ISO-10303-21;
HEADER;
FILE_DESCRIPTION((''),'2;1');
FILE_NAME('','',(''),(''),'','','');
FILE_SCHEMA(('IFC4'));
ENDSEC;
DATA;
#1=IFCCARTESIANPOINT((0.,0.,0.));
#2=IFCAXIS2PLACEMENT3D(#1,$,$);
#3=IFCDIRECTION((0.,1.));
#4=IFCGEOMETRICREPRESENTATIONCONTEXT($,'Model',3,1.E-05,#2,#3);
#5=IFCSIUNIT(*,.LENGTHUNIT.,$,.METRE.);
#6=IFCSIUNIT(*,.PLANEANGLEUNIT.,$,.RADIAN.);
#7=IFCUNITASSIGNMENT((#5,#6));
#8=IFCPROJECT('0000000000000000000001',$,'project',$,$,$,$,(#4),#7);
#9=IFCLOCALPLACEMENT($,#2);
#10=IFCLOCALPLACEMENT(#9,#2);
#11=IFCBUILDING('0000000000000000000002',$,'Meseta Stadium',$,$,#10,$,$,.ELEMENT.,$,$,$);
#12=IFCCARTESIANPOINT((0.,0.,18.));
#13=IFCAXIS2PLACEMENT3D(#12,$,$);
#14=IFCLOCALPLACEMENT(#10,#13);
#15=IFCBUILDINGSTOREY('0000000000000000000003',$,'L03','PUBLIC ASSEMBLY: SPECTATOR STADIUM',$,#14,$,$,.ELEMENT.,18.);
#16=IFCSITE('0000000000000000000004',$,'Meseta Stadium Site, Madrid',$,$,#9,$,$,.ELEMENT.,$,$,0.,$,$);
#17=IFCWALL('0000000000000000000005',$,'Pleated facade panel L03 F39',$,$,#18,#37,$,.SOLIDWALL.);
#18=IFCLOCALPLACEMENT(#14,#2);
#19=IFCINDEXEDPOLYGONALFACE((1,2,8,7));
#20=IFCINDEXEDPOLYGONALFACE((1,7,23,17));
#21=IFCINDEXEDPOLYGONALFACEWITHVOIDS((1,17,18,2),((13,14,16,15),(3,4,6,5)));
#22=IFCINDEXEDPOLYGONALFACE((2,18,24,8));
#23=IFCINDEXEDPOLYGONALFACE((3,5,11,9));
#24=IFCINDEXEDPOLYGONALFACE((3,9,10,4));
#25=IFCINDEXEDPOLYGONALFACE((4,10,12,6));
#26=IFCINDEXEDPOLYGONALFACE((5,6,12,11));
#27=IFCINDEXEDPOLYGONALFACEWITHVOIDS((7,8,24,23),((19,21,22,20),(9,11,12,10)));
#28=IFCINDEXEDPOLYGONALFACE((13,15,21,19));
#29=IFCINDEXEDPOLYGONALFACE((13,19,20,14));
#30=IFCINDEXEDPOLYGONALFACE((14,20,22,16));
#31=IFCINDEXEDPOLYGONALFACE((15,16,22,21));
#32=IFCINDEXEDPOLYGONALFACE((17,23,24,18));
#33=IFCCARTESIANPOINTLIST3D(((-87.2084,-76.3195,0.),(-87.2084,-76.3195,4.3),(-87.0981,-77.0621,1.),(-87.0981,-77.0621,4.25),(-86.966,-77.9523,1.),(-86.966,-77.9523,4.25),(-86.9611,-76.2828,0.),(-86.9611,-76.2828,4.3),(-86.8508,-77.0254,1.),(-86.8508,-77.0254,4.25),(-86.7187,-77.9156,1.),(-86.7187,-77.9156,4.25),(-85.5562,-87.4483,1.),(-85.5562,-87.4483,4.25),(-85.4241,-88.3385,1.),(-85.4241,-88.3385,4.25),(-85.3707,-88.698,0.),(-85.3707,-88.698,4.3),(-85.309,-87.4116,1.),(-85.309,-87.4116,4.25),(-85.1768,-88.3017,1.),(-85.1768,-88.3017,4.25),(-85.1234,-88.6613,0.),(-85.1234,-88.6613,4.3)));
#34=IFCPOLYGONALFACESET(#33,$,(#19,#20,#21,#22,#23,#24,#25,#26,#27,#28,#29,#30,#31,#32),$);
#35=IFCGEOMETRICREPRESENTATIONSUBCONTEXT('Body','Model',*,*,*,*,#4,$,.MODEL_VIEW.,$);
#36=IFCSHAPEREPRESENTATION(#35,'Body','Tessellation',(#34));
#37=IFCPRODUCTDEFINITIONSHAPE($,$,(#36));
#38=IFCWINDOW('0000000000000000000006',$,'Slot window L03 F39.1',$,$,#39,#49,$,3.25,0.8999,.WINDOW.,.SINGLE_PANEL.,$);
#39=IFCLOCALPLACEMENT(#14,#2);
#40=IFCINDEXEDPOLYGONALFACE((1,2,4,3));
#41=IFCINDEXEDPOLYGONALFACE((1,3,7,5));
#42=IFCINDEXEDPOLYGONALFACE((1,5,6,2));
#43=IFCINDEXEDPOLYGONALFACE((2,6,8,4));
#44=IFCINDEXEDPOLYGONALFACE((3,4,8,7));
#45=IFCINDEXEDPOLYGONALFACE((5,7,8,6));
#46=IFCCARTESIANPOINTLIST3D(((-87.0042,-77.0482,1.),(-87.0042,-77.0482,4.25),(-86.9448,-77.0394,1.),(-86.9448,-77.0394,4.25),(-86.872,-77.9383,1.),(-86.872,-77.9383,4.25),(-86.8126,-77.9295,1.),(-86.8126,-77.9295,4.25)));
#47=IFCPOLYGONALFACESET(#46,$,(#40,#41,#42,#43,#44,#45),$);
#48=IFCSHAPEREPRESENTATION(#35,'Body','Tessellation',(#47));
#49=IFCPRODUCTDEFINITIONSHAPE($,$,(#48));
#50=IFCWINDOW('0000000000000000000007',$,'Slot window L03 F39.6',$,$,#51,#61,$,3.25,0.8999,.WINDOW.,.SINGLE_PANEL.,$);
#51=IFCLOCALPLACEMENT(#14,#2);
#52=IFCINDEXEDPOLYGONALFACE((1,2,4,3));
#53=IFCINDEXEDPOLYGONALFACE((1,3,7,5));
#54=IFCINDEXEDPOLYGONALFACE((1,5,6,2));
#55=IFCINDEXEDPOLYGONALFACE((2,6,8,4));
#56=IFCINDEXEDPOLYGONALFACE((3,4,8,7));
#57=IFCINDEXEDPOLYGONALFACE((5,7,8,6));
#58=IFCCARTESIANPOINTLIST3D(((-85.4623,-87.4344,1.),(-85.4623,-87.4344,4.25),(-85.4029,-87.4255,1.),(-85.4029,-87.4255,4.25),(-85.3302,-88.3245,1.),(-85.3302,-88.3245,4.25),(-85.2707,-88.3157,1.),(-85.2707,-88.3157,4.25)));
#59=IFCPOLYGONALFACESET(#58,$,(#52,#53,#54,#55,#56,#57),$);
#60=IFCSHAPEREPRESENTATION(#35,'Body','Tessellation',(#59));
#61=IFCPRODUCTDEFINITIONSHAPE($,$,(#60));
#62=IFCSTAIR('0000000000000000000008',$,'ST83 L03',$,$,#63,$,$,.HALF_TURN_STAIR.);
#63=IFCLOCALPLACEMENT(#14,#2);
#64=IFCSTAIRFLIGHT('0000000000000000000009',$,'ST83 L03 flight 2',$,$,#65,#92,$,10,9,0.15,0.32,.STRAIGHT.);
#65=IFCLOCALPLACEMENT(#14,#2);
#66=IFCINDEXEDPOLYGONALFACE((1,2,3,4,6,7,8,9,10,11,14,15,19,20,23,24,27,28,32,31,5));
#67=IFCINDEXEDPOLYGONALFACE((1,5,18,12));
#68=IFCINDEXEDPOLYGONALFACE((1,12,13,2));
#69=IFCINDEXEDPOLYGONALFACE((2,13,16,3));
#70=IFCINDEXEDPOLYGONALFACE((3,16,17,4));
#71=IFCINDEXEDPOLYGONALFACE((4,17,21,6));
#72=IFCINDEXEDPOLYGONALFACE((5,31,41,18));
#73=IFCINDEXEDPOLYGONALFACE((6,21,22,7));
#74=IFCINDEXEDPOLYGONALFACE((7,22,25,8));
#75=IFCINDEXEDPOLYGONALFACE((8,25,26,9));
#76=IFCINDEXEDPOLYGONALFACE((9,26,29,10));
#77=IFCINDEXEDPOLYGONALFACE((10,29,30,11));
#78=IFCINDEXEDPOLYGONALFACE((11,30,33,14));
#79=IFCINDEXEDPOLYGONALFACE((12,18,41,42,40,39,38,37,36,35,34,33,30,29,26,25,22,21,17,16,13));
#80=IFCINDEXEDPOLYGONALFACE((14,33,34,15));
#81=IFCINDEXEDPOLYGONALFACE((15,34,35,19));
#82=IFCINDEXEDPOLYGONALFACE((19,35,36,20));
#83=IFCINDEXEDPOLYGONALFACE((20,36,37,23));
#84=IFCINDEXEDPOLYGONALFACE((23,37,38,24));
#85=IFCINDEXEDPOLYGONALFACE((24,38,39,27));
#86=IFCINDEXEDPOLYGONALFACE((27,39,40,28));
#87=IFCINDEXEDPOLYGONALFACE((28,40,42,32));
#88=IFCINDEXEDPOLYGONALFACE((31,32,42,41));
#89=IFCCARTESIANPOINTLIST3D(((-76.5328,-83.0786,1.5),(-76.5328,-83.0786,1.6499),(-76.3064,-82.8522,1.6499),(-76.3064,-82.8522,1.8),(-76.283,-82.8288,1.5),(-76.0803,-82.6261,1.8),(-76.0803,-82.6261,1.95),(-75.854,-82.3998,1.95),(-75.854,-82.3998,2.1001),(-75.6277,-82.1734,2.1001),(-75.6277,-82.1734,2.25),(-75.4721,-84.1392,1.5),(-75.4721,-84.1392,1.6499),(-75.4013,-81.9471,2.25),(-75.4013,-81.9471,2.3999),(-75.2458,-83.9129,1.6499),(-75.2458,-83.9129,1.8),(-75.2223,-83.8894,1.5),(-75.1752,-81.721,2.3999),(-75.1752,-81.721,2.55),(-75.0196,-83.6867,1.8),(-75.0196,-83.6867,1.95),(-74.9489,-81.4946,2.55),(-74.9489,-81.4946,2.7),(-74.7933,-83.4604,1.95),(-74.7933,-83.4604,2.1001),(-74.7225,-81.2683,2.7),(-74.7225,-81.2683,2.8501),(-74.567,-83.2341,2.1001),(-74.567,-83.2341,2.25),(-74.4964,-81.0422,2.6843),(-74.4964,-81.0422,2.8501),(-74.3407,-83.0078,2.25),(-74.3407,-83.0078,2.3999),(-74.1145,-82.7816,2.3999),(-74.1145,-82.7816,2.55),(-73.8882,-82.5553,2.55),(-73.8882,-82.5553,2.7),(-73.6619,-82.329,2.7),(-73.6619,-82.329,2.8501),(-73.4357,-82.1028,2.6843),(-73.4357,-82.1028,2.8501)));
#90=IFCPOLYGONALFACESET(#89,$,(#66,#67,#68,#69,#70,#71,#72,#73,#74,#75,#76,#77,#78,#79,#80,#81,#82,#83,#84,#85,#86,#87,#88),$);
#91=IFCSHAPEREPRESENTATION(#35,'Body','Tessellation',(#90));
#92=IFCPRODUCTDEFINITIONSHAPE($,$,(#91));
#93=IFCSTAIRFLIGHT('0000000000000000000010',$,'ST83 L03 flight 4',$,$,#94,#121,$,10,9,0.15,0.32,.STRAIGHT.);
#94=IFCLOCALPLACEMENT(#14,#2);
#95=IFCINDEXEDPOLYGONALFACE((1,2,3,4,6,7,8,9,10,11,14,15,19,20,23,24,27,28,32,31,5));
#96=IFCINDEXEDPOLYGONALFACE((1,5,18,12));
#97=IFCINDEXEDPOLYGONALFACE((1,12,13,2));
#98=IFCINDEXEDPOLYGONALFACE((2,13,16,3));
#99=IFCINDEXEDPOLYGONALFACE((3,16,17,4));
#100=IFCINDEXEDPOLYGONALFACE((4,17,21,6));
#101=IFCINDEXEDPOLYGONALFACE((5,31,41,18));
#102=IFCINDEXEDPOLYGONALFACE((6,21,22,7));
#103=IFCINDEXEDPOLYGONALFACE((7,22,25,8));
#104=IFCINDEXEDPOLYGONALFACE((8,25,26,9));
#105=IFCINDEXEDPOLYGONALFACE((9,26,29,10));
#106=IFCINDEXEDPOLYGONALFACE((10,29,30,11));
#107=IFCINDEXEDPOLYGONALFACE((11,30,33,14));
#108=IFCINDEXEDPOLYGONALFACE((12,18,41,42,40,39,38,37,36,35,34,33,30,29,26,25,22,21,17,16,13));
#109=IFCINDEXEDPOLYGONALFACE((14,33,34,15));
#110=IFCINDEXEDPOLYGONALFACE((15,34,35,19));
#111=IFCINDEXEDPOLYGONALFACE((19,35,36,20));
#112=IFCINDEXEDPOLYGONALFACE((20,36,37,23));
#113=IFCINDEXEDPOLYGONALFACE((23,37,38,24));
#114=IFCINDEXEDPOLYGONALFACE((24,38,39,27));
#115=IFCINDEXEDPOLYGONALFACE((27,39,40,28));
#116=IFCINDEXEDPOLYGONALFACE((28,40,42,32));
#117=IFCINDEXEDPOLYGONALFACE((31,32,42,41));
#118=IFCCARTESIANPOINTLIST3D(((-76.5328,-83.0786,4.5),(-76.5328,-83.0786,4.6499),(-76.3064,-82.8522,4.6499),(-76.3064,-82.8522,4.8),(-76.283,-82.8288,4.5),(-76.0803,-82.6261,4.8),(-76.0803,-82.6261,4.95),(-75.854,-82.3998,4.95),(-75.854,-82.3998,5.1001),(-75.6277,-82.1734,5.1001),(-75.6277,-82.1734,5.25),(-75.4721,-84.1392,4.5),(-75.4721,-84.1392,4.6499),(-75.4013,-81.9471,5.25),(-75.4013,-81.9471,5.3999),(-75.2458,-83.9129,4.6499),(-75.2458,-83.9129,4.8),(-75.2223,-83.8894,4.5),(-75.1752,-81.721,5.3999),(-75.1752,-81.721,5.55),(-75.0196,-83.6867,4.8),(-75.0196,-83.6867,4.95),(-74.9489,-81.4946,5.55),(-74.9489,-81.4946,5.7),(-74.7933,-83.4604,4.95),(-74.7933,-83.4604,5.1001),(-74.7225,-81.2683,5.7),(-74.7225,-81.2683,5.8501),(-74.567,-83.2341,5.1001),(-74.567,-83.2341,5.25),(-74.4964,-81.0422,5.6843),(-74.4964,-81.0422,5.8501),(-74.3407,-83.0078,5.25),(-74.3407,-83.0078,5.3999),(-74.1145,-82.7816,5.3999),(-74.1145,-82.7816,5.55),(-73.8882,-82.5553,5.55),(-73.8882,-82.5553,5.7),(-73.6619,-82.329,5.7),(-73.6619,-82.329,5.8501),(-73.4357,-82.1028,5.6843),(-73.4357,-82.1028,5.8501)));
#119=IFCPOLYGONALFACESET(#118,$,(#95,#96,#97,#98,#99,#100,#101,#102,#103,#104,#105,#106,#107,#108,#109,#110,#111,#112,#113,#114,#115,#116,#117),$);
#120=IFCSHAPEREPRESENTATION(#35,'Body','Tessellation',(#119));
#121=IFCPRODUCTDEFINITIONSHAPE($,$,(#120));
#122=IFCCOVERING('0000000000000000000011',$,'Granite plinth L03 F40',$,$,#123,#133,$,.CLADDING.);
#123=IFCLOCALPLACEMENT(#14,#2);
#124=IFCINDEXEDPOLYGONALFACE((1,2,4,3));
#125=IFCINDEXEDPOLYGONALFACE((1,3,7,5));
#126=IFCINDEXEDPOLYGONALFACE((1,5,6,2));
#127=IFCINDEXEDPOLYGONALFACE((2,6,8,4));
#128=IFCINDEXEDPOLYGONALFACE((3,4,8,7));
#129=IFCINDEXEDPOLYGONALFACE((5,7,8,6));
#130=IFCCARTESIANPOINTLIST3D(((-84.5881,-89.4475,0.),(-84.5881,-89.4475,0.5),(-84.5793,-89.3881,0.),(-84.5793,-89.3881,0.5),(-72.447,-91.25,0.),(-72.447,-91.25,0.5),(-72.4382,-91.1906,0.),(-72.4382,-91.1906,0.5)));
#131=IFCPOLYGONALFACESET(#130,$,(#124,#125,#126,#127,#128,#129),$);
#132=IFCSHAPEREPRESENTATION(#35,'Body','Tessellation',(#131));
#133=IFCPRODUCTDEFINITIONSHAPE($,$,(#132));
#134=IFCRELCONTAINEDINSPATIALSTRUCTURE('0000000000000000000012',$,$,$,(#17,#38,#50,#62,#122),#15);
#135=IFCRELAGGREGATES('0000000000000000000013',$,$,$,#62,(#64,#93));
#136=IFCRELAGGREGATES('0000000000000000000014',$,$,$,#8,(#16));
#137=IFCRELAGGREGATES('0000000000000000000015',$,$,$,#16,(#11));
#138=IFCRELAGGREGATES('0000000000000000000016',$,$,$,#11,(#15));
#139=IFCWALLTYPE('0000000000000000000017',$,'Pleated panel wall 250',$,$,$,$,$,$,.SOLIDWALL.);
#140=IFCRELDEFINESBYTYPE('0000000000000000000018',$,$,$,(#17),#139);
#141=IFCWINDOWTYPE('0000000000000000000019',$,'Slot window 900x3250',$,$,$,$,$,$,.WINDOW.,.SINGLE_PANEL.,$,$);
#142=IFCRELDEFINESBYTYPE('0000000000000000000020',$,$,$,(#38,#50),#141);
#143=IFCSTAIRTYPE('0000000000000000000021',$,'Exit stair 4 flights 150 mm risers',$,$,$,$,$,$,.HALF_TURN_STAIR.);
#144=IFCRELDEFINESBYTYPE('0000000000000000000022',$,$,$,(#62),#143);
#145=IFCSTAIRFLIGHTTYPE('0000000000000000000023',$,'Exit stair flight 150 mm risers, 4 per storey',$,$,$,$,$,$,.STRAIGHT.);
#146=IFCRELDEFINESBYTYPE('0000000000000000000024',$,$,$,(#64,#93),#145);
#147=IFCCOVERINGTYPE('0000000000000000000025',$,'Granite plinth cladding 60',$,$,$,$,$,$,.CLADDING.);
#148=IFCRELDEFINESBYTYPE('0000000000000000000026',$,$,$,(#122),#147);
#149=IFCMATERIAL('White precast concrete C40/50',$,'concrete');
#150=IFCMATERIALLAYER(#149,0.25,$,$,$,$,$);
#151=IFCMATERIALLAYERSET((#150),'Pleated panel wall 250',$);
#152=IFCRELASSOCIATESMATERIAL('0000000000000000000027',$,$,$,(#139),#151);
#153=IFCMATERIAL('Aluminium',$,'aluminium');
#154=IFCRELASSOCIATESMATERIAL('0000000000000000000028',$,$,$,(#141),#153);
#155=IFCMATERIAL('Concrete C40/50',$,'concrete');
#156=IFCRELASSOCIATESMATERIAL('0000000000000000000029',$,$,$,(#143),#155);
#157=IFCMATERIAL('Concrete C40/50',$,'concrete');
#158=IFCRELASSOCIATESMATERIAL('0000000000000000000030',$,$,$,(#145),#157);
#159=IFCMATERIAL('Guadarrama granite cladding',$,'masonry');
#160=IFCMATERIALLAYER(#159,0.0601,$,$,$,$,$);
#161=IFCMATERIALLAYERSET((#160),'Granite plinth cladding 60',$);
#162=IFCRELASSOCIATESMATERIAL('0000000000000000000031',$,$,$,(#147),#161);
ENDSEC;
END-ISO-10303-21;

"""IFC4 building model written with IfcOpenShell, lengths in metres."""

from ifc_helpers import new_model, si_unit, direction, frame, frame_2d, origin, origin_2d, place, context, subcontext, project, spatial, polyline, rectangle, outline, extrude, material, layer, layer_set, type_object, element, fill, aggregate, save


model = new_model("IFC4")

# Units and contexts
model_context = context("Model", 3, precision=1e-05, world=origin(), true_north=direction((0.0, 1.0)))
body_context = subcontext(model_context, "Body", "Model", "MODEL_VIEW")
ifc_project = project(units=[si_unit("LENGTHUNIT", "METRE"), si_unit("PLANEANGLEUNIT", "RADIAN")], contexts=[model_context])

# Site, building, storey
site_placement = place(None, origin())
site = spatial("IfcSite", under=ifc_project, at=site_placement, Name="Meseta Stadium Site, Madrid", CompositionType="ELEMENT", RefElevation=0.0)
building_placement = place(site_placement, origin())
building = spatial("IfcBuilding", under=site, at=building_placement, Name="Meseta Stadium", CompositionType="ELEMENT")
storey_placement = place(building_placement, frame((0.0, 0.0, 18.0)))
storey = spatial("IfcBuildingStorey", under=building, at=storey_placement, Name="L03", Description="PUBLIC ASSEMBLY: SPECTATOR STADIUM", CompositionType="ELEMENT", Elevation=18.0)

# Wall, openings, windows
ifc_material_1 = material(Name="White precast concrete C40/50", Category="concrete")
ifc_layer_1 = layer(ifc_material_1, 0.25)
ifc_layer_set_1 = layer_set([ifc_layer_1], Name="Pleated panel wall 250")
wall_type_1 = type_object("IfcWallType", Name="Pleated panel wall 250", PredefinedType="SOLIDWALL", material=ifc_layer_set_1)
wall_1_placement = place(storey_placement, frame((-85.2471, -88.6797, 0.0), z_axis=(0.0, 0.0, 1.0), x_axis=(-0.146846, 0.989159, 0.0)))
wall_1 = element("IfcWall", 1, at=wall_1_placement, inside=storey, type_object=wall_type_1, Name="Pleated facade panel L03 F39", PredefinedType="SOLIDWALL", context=body_context, shape_type="SweptSolid", body=[
    extrude(rectangle(XDim=12.5142, YDim=0.25, at=frame_2d((6.2571, 0.0))), origin(), (0.0, 0.0, 1.0), 4.3),
])
opening_1_placement = place(wall_1_placement, frame((10.8635, 0.0, 1.0)))
opening_1 = element("IfcOpeningElement", 2, at=opening_1_placement, cuts=wall_1, PredefinedType="OPENING", context=body_context, shape_type="SweptSolid", body=[
    extrude(rectangle(XDim=0.8999, YDim=3.25, at=frame_2d((0.45, 1.625))), frame((0.0, 0.135, 0.0), z_axis=(0.0, -1.0, 0.0), x_axis=(1.0, 0.0, 0.0)), (0.0, 0.0, 1.0), 0.27),
])
opening_2_placement = place(wall_1_placement, frame((0.3635, 0.0, 1.0)))
opening_2 = element("IfcOpeningElement", 3, at=opening_2_placement, cuts=wall_1, PredefinedType="OPENING", context=body_context, shape_type="SweptSolid", body=[
    extrude(rectangle(XDim=0.8999, YDim=3.25, at=frame_2d((0.45, 1.625))), frame((0.0, 0.135, 0.0), z_axis=(0.0, -1.0, 0.0), x_axis=(1.0, 0.0, 0.0)), (0.0, 0.0, 1.0), 0.27),
])
ifc_material_2 = material(Name="Aluminium", Category="aluminium")
window_type = type_object("IfcWindowType", Name="Slot window 900x3250", PartitioningType="SINGLE_PANEL", PredefinedType="WINDOW", material=ifc_material_2)
window_1_placement = place(opening_1_placement, origin())
window_1 = element("IfcWindow", 4, at=window_1_placement, inside=storey, type_object=window_type, Name="Slot window L03 F39.1", OverallHeight=3.25, OverallWidth=0.8999, PartitioningType="SINGLE_PANEL", PredefinedType="WINDOW", context=body_context, shape_type="SweptSolid", body=[
    extrude(rectangle(XDim=0.8999, YDim=3.25, at=frame_2d((0.45, 1.625))), frame((0.0, 0.03, 0.0), z_axis=(0.0, -1.0, 0.0), x_axis=(1.0, 0.0, 0.0)), (0.0, 0.0, 1.0), 0.0601),
])
fill(opening_1, window_1)
window_2_placement = place(opening_2_placement, origin())
window_2 = element("IfcWindow", 5, at=window_2_placement, inside=storey, type_object=window_type, Name="Slot window L03 F39.6", OverallHeight=3.25, OverallWidth=0.8999, PartitioningType="SINGLE_PANEL", PredefinedType="WINDOW", context=body_context, shape_type="SweptSolid", body=[
    extrude(rectangle(XDim=0.8999, YDim=3.25, at=frame_2d((0.45, 1.625))), frame((0.0, 0.03, 0.0), z_axis=(0.0, -1.0, 0.0), x_axis=(1.0, 0.0, 0.0)), (0.0, 0.0, 1.0), 0.0601),
])
fill(opening_2, window_2)

# Stair, stair flights
ifc_material_3 = material(Name="Concrete C40/50", Category="concrete")
stair_type = type_object("IfcStairType", Name="Exit stair 4 flights 150 mm risers", PredefinedType="HALF_TURN_STAIR", material=ifc_material_3)
stair_placement = place(storey_placement, origin())
stair = element("IfcStair", 6, at=stair_placement, inside=storey, type_object=stair_type, Name="ST83 L03", PredefinedType="HALF_TURN_STAIR")
ifc_material_4 = material(Name="Concrete C40/50", Category="concrete")
stair_flight_type = type_object("IfcStairFlightType", Name="Exit stair flight 150 mm risers, 4 per storey", PredefinedType="STRAIGHT", material=ifc_material_4)
stair_flight_1_placement = place(storey_placement, frame((-76.0024, -83.6089, 1.5), z_axis=(0.0, 0.0, 1.0), x_axis=(0.707107, 0.707107, 0.0)))
stair_flight_1 = element("IfcStairFlight", 7, at=stair_flight_1_placement, type_object=stair_flight_type, Name="ST83 L03 flight 2", NumberOfRisers=10, NumberOfTreads=9, PredefinedType="STRAIGHT", RiserHeight=0.15, TreadLength=0.32, context=body_context, shape_type="SweptSolid", body=[
    extrude(outline(polyline([(0.0, 0.0), (0.0, 0.1499), (0.3201, 0.1499), (0.3201, 0.3), (0.6399, 0.3), (0.6399, 0.45), (0.96, 0.45), (0.96, 0.6001), (1.28, 0.6001), (1.28, 0.75), (1.6001, 0.75), (1.6001, 0.8999), (1.9199, 0.8999), (1.9199, 1.05), (2.24, 1.05), (2.24, 1.2), (2.5601, 1.2), (2.5601, 1.3501), (2.8799, 1.3501), (2.8799, 1.1843), (0.3533, 0.0), (0.0, 0.0)])), frame((0.0, 0.75, 0.0), z_axis=(0.0, -1.0, 0.0), x_axis=(1.0, 0.0, 0.0)), (0.0, 0.0, 1.0), 1.5),
])
stair_flight_2_placement = place(storey_placement, frame((-76.0024, -83.6089, 4.5), z_axis=(0.0, 0.0, 1.0), x_axis=(0.707107, 0.707107, 0.0)))
stair_flight_2 = element("IfcStairFlight", 8, at=stair_flight_2_placement, type_object=stair_flight_type, Name="ST83 L03 flight 4", NumberOfRisers=10, NumberOfTreads=9, PredefinedType="STRAIGHT", RiserHeight=0.15, TreadLength=0.32, context=body_context, shape_type="SweptSolid", body=[
    extrude(outline(polyline([(0.0, 0.0), (0.0, 0.1499), (0.3201, 0.1499), (0.3201, 0.3), (0.6399, 0.3), (0.6399, 0.45), (0.96, 0.45), (0.96, 0.6001), (1.28, 0.6001), (1.28, 0.75), (1.6001, 0.75), (1.6001, 0.8999), (1.9199, 0.8999), (1.9199, 1.05), (2.24, 1.05), (2.24, 1.2), (2.5601, 1.2), (2.5601, 1.3501), (2.8799, 1.3501), (2.8799, 1.1843), (0.3533, 0.0), (0.0, 0.0)])), frame((0.0, 0.75, 0.0), z_axis=(0.0, -1.0, 0.0), x_axis=(1.0, 0.0, 0.0)), (0.0, 0.0, 1.0), 1.5),
])
aggregate(stair, [stair_flight_1, stair_flight_2])

# Covering
ifc_material_5 = material(Name="Guadarrama granite cladding", Category="masonry")
ifc_layer_2 = layer(ifc_material_5, 0.0601)
ifc_layer_set_2 = layer_set([ifc_layer_2], Name="Granite plinth cladding 60")
covering_type_1 = type_object("IfcCoveringType", Name="Granite plinth cladding 60", PredefinedType="CLADDING", material=ifc_layer_set_2)
covering_1_placement = place(storey_placement, frame((-78.5132, -90.3191, 0.0), z_axis=(0.0, 0.0, 1.0), x_axis=(-0.989158, 0.146853, 0.0)))
element("IfcCovering", 9, at=covering_1_placement, inside=storey, type_object=covering_type_1, Name="Granite plinth L03 F40", PredefinedType="CLADDING", context=body_context, shape_type="SweptSolid", body=[
    extrude(rectangle(XDim=12.2742, YDim=0.0601, at=origin_2d()), origin(), (0.0, 0.0, 1.0), 0.5),
])

save(model, "model.ifc")
